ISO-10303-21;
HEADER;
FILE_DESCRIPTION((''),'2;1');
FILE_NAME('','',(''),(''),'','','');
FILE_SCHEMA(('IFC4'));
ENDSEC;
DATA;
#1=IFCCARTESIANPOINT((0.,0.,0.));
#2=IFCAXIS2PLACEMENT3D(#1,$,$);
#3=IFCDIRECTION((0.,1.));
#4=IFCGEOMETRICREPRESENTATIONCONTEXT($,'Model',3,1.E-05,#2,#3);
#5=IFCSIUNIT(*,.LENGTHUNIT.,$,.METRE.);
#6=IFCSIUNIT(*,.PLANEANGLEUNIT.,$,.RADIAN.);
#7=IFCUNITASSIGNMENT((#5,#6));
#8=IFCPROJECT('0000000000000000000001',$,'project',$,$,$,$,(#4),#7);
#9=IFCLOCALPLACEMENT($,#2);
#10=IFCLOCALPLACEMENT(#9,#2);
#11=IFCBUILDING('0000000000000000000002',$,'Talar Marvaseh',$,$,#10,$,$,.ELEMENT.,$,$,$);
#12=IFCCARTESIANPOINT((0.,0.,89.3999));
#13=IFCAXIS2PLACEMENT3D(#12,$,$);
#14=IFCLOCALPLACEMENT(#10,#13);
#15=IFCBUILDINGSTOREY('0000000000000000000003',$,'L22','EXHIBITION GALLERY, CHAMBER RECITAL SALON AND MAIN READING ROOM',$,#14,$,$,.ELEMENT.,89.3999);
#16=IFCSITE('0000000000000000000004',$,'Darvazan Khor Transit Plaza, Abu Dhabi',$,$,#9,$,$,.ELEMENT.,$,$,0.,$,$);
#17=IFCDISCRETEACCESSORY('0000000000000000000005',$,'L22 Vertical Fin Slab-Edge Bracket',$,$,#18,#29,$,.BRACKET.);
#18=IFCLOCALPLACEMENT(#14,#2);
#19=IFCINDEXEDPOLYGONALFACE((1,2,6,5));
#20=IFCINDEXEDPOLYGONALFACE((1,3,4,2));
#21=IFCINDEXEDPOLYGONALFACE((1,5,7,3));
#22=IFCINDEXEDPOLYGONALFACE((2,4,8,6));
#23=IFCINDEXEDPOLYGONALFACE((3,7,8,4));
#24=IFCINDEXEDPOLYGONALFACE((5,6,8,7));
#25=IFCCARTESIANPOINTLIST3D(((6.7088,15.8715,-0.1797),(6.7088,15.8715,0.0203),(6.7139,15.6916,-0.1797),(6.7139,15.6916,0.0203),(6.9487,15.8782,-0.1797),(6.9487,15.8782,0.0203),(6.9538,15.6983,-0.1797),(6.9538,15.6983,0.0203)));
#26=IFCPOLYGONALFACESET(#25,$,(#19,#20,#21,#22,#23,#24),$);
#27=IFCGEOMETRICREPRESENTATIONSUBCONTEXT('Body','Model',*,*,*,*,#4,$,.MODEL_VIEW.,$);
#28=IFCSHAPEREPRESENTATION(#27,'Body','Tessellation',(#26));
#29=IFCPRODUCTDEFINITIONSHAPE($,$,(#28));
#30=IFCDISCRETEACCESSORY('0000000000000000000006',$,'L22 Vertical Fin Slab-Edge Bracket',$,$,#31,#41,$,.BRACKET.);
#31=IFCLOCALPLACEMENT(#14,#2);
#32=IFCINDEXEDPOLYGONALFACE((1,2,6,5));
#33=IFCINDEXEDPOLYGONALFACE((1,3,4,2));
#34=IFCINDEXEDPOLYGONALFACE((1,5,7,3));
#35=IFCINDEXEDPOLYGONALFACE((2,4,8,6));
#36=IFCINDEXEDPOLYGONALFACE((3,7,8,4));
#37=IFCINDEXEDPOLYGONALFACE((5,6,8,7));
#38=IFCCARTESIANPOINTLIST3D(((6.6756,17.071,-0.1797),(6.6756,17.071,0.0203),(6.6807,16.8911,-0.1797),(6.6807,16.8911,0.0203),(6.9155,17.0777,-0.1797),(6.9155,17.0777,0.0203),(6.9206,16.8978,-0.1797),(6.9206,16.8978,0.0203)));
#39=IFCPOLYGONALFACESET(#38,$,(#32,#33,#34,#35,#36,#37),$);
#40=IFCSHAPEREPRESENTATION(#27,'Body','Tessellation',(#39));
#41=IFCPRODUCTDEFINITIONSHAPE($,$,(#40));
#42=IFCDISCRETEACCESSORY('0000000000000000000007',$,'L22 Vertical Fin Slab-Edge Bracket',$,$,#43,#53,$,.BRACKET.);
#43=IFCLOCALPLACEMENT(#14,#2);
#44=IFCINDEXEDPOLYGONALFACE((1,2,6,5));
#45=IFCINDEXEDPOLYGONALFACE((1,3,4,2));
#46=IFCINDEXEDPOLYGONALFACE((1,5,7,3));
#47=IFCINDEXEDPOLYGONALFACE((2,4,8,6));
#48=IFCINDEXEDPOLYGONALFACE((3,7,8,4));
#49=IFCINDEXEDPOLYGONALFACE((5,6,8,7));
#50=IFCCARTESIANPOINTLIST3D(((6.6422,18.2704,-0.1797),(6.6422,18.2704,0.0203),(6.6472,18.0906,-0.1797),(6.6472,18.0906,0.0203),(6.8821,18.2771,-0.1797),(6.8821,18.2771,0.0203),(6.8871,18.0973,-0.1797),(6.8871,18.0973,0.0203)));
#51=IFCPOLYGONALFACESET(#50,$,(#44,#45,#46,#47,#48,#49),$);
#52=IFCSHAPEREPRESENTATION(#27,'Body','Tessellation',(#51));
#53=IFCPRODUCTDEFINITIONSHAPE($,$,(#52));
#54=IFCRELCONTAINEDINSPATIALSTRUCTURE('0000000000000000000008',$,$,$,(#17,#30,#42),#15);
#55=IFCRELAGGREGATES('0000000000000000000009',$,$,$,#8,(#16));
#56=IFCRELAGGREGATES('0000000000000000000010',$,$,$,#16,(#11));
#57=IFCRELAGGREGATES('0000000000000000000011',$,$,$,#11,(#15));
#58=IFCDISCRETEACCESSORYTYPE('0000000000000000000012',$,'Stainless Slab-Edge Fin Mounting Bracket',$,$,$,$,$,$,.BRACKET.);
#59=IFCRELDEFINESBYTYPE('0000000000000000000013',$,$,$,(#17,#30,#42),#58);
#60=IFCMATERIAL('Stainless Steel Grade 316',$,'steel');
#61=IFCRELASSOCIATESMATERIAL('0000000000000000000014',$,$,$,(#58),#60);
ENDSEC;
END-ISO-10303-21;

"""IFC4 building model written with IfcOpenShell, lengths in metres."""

from ifc_helpers import new_model, si_unit, direction, frame, origin, origin_2d, place, context, subcontext, project, spatial, rectangle, extrude, source, transform, mapped, material, type_object, type_shapes, element, save


model = new_model("IFC4")

# Units and contexts
model_context = context("Model", 3, precision=1e-05, world=origin(), true_north=direction((0.0, 1.0)))
body_context = subcontext(model_context, "Body", "Model", "MODEL_VIEW")
ifc_project = project(units=[si_unit("LENGTHUNIT", "METRE"), si_unit("PLANEANGLEUNIT", "RADIAN")], contexts=[model_context])

# Site, building, storey
site_placement = place(None, origin())
site = spatial("IfcSite", under=ifc_project, at=site_placement, Name="Darvazan Khor Transit Plaza, Abu Dhabi", CompositionType="ELEMENT", RefElevation=0.0)
building_placement = place(site_placement, origin())
building = spatial("IfcBuilding", under=site, at=building_placement, Name="Talar Marvaseh", CompositionType="ELEMENT")
storey_placement = place(building_placement, frame((0.0, 0.0, 89.3999)))
storey = spatial("IfcBuildingStorey", under=building, at=storey_placement, Name="L22", Description="EXHIBITION GALLERY, CHAMBER RECITAL SALON AND MAIN READING ROOM", CompositionType="ELEMENT", Elevation=89.3999)

# Discrete accessories
ifc_material_1 = material(Name="Stainless Steel Grade 316", Category="steel")
discrete_accessory_type = type_object("IfcDiscreteAccessoryType", Name="Stainless Slab-Edge Fin Mounting Bracket", PredefinedType="BRACKET", material=ifc_material_1)
shared_shape_1 = source(origin(), body_context, "Body", "SweptSolid", [
    extrude(rectangle(XDim=0.24, YDim=0.1799, at=origin_2d()), origin(), (0.0, 0.0, 1.0), 0.2),
])
type_shapes(discrete_accessory_type, [shared_shape_1])
for number, where, z_axis, x_axis, name in (
    (1, (6.8313, 15.7849, -0.1797), (0.0, 0.0, 1.0), (-0.99961, -0.027922, 0.0), "L22 Vertical Fin Slab-Edge Bracket"),
    (2, (6.7981, 16.9844, -0.1797), (0.0, 0.0, 1.0), (-0.99961, -0.027922, 0.0), "L22 Vertical Fin Slab-Edge Bracket"),
    (3, (6.7646, 18.1838, -0.1797), (0.0, 0.0, 1.0), (-0.99961, -0.027922, 0.0), "L22 Vertical Fin Slab-Edge Bracket"),
):
    element("IfcDiscreteAccessory", number, at=place(storey_placement, frame(where, z_axis=z_axis, x_axis=x_axis)), inside=storey, type_object=discrete_accessory_type, Name=name, PredefinedType="BRACKET", context=body_context, shape_type="MappedRepresentation", body=[
        mapped(shared_shape_1, transform((0.0, 0.0, 0.0), x_axis=(1.0, 0.0, 0.0), y_axis=(0.0, 1.0, 0.0), z_axis=(0.0, 0.0, 1.0), scale=1.0)),
    ])

save(model, "model.ifc")
